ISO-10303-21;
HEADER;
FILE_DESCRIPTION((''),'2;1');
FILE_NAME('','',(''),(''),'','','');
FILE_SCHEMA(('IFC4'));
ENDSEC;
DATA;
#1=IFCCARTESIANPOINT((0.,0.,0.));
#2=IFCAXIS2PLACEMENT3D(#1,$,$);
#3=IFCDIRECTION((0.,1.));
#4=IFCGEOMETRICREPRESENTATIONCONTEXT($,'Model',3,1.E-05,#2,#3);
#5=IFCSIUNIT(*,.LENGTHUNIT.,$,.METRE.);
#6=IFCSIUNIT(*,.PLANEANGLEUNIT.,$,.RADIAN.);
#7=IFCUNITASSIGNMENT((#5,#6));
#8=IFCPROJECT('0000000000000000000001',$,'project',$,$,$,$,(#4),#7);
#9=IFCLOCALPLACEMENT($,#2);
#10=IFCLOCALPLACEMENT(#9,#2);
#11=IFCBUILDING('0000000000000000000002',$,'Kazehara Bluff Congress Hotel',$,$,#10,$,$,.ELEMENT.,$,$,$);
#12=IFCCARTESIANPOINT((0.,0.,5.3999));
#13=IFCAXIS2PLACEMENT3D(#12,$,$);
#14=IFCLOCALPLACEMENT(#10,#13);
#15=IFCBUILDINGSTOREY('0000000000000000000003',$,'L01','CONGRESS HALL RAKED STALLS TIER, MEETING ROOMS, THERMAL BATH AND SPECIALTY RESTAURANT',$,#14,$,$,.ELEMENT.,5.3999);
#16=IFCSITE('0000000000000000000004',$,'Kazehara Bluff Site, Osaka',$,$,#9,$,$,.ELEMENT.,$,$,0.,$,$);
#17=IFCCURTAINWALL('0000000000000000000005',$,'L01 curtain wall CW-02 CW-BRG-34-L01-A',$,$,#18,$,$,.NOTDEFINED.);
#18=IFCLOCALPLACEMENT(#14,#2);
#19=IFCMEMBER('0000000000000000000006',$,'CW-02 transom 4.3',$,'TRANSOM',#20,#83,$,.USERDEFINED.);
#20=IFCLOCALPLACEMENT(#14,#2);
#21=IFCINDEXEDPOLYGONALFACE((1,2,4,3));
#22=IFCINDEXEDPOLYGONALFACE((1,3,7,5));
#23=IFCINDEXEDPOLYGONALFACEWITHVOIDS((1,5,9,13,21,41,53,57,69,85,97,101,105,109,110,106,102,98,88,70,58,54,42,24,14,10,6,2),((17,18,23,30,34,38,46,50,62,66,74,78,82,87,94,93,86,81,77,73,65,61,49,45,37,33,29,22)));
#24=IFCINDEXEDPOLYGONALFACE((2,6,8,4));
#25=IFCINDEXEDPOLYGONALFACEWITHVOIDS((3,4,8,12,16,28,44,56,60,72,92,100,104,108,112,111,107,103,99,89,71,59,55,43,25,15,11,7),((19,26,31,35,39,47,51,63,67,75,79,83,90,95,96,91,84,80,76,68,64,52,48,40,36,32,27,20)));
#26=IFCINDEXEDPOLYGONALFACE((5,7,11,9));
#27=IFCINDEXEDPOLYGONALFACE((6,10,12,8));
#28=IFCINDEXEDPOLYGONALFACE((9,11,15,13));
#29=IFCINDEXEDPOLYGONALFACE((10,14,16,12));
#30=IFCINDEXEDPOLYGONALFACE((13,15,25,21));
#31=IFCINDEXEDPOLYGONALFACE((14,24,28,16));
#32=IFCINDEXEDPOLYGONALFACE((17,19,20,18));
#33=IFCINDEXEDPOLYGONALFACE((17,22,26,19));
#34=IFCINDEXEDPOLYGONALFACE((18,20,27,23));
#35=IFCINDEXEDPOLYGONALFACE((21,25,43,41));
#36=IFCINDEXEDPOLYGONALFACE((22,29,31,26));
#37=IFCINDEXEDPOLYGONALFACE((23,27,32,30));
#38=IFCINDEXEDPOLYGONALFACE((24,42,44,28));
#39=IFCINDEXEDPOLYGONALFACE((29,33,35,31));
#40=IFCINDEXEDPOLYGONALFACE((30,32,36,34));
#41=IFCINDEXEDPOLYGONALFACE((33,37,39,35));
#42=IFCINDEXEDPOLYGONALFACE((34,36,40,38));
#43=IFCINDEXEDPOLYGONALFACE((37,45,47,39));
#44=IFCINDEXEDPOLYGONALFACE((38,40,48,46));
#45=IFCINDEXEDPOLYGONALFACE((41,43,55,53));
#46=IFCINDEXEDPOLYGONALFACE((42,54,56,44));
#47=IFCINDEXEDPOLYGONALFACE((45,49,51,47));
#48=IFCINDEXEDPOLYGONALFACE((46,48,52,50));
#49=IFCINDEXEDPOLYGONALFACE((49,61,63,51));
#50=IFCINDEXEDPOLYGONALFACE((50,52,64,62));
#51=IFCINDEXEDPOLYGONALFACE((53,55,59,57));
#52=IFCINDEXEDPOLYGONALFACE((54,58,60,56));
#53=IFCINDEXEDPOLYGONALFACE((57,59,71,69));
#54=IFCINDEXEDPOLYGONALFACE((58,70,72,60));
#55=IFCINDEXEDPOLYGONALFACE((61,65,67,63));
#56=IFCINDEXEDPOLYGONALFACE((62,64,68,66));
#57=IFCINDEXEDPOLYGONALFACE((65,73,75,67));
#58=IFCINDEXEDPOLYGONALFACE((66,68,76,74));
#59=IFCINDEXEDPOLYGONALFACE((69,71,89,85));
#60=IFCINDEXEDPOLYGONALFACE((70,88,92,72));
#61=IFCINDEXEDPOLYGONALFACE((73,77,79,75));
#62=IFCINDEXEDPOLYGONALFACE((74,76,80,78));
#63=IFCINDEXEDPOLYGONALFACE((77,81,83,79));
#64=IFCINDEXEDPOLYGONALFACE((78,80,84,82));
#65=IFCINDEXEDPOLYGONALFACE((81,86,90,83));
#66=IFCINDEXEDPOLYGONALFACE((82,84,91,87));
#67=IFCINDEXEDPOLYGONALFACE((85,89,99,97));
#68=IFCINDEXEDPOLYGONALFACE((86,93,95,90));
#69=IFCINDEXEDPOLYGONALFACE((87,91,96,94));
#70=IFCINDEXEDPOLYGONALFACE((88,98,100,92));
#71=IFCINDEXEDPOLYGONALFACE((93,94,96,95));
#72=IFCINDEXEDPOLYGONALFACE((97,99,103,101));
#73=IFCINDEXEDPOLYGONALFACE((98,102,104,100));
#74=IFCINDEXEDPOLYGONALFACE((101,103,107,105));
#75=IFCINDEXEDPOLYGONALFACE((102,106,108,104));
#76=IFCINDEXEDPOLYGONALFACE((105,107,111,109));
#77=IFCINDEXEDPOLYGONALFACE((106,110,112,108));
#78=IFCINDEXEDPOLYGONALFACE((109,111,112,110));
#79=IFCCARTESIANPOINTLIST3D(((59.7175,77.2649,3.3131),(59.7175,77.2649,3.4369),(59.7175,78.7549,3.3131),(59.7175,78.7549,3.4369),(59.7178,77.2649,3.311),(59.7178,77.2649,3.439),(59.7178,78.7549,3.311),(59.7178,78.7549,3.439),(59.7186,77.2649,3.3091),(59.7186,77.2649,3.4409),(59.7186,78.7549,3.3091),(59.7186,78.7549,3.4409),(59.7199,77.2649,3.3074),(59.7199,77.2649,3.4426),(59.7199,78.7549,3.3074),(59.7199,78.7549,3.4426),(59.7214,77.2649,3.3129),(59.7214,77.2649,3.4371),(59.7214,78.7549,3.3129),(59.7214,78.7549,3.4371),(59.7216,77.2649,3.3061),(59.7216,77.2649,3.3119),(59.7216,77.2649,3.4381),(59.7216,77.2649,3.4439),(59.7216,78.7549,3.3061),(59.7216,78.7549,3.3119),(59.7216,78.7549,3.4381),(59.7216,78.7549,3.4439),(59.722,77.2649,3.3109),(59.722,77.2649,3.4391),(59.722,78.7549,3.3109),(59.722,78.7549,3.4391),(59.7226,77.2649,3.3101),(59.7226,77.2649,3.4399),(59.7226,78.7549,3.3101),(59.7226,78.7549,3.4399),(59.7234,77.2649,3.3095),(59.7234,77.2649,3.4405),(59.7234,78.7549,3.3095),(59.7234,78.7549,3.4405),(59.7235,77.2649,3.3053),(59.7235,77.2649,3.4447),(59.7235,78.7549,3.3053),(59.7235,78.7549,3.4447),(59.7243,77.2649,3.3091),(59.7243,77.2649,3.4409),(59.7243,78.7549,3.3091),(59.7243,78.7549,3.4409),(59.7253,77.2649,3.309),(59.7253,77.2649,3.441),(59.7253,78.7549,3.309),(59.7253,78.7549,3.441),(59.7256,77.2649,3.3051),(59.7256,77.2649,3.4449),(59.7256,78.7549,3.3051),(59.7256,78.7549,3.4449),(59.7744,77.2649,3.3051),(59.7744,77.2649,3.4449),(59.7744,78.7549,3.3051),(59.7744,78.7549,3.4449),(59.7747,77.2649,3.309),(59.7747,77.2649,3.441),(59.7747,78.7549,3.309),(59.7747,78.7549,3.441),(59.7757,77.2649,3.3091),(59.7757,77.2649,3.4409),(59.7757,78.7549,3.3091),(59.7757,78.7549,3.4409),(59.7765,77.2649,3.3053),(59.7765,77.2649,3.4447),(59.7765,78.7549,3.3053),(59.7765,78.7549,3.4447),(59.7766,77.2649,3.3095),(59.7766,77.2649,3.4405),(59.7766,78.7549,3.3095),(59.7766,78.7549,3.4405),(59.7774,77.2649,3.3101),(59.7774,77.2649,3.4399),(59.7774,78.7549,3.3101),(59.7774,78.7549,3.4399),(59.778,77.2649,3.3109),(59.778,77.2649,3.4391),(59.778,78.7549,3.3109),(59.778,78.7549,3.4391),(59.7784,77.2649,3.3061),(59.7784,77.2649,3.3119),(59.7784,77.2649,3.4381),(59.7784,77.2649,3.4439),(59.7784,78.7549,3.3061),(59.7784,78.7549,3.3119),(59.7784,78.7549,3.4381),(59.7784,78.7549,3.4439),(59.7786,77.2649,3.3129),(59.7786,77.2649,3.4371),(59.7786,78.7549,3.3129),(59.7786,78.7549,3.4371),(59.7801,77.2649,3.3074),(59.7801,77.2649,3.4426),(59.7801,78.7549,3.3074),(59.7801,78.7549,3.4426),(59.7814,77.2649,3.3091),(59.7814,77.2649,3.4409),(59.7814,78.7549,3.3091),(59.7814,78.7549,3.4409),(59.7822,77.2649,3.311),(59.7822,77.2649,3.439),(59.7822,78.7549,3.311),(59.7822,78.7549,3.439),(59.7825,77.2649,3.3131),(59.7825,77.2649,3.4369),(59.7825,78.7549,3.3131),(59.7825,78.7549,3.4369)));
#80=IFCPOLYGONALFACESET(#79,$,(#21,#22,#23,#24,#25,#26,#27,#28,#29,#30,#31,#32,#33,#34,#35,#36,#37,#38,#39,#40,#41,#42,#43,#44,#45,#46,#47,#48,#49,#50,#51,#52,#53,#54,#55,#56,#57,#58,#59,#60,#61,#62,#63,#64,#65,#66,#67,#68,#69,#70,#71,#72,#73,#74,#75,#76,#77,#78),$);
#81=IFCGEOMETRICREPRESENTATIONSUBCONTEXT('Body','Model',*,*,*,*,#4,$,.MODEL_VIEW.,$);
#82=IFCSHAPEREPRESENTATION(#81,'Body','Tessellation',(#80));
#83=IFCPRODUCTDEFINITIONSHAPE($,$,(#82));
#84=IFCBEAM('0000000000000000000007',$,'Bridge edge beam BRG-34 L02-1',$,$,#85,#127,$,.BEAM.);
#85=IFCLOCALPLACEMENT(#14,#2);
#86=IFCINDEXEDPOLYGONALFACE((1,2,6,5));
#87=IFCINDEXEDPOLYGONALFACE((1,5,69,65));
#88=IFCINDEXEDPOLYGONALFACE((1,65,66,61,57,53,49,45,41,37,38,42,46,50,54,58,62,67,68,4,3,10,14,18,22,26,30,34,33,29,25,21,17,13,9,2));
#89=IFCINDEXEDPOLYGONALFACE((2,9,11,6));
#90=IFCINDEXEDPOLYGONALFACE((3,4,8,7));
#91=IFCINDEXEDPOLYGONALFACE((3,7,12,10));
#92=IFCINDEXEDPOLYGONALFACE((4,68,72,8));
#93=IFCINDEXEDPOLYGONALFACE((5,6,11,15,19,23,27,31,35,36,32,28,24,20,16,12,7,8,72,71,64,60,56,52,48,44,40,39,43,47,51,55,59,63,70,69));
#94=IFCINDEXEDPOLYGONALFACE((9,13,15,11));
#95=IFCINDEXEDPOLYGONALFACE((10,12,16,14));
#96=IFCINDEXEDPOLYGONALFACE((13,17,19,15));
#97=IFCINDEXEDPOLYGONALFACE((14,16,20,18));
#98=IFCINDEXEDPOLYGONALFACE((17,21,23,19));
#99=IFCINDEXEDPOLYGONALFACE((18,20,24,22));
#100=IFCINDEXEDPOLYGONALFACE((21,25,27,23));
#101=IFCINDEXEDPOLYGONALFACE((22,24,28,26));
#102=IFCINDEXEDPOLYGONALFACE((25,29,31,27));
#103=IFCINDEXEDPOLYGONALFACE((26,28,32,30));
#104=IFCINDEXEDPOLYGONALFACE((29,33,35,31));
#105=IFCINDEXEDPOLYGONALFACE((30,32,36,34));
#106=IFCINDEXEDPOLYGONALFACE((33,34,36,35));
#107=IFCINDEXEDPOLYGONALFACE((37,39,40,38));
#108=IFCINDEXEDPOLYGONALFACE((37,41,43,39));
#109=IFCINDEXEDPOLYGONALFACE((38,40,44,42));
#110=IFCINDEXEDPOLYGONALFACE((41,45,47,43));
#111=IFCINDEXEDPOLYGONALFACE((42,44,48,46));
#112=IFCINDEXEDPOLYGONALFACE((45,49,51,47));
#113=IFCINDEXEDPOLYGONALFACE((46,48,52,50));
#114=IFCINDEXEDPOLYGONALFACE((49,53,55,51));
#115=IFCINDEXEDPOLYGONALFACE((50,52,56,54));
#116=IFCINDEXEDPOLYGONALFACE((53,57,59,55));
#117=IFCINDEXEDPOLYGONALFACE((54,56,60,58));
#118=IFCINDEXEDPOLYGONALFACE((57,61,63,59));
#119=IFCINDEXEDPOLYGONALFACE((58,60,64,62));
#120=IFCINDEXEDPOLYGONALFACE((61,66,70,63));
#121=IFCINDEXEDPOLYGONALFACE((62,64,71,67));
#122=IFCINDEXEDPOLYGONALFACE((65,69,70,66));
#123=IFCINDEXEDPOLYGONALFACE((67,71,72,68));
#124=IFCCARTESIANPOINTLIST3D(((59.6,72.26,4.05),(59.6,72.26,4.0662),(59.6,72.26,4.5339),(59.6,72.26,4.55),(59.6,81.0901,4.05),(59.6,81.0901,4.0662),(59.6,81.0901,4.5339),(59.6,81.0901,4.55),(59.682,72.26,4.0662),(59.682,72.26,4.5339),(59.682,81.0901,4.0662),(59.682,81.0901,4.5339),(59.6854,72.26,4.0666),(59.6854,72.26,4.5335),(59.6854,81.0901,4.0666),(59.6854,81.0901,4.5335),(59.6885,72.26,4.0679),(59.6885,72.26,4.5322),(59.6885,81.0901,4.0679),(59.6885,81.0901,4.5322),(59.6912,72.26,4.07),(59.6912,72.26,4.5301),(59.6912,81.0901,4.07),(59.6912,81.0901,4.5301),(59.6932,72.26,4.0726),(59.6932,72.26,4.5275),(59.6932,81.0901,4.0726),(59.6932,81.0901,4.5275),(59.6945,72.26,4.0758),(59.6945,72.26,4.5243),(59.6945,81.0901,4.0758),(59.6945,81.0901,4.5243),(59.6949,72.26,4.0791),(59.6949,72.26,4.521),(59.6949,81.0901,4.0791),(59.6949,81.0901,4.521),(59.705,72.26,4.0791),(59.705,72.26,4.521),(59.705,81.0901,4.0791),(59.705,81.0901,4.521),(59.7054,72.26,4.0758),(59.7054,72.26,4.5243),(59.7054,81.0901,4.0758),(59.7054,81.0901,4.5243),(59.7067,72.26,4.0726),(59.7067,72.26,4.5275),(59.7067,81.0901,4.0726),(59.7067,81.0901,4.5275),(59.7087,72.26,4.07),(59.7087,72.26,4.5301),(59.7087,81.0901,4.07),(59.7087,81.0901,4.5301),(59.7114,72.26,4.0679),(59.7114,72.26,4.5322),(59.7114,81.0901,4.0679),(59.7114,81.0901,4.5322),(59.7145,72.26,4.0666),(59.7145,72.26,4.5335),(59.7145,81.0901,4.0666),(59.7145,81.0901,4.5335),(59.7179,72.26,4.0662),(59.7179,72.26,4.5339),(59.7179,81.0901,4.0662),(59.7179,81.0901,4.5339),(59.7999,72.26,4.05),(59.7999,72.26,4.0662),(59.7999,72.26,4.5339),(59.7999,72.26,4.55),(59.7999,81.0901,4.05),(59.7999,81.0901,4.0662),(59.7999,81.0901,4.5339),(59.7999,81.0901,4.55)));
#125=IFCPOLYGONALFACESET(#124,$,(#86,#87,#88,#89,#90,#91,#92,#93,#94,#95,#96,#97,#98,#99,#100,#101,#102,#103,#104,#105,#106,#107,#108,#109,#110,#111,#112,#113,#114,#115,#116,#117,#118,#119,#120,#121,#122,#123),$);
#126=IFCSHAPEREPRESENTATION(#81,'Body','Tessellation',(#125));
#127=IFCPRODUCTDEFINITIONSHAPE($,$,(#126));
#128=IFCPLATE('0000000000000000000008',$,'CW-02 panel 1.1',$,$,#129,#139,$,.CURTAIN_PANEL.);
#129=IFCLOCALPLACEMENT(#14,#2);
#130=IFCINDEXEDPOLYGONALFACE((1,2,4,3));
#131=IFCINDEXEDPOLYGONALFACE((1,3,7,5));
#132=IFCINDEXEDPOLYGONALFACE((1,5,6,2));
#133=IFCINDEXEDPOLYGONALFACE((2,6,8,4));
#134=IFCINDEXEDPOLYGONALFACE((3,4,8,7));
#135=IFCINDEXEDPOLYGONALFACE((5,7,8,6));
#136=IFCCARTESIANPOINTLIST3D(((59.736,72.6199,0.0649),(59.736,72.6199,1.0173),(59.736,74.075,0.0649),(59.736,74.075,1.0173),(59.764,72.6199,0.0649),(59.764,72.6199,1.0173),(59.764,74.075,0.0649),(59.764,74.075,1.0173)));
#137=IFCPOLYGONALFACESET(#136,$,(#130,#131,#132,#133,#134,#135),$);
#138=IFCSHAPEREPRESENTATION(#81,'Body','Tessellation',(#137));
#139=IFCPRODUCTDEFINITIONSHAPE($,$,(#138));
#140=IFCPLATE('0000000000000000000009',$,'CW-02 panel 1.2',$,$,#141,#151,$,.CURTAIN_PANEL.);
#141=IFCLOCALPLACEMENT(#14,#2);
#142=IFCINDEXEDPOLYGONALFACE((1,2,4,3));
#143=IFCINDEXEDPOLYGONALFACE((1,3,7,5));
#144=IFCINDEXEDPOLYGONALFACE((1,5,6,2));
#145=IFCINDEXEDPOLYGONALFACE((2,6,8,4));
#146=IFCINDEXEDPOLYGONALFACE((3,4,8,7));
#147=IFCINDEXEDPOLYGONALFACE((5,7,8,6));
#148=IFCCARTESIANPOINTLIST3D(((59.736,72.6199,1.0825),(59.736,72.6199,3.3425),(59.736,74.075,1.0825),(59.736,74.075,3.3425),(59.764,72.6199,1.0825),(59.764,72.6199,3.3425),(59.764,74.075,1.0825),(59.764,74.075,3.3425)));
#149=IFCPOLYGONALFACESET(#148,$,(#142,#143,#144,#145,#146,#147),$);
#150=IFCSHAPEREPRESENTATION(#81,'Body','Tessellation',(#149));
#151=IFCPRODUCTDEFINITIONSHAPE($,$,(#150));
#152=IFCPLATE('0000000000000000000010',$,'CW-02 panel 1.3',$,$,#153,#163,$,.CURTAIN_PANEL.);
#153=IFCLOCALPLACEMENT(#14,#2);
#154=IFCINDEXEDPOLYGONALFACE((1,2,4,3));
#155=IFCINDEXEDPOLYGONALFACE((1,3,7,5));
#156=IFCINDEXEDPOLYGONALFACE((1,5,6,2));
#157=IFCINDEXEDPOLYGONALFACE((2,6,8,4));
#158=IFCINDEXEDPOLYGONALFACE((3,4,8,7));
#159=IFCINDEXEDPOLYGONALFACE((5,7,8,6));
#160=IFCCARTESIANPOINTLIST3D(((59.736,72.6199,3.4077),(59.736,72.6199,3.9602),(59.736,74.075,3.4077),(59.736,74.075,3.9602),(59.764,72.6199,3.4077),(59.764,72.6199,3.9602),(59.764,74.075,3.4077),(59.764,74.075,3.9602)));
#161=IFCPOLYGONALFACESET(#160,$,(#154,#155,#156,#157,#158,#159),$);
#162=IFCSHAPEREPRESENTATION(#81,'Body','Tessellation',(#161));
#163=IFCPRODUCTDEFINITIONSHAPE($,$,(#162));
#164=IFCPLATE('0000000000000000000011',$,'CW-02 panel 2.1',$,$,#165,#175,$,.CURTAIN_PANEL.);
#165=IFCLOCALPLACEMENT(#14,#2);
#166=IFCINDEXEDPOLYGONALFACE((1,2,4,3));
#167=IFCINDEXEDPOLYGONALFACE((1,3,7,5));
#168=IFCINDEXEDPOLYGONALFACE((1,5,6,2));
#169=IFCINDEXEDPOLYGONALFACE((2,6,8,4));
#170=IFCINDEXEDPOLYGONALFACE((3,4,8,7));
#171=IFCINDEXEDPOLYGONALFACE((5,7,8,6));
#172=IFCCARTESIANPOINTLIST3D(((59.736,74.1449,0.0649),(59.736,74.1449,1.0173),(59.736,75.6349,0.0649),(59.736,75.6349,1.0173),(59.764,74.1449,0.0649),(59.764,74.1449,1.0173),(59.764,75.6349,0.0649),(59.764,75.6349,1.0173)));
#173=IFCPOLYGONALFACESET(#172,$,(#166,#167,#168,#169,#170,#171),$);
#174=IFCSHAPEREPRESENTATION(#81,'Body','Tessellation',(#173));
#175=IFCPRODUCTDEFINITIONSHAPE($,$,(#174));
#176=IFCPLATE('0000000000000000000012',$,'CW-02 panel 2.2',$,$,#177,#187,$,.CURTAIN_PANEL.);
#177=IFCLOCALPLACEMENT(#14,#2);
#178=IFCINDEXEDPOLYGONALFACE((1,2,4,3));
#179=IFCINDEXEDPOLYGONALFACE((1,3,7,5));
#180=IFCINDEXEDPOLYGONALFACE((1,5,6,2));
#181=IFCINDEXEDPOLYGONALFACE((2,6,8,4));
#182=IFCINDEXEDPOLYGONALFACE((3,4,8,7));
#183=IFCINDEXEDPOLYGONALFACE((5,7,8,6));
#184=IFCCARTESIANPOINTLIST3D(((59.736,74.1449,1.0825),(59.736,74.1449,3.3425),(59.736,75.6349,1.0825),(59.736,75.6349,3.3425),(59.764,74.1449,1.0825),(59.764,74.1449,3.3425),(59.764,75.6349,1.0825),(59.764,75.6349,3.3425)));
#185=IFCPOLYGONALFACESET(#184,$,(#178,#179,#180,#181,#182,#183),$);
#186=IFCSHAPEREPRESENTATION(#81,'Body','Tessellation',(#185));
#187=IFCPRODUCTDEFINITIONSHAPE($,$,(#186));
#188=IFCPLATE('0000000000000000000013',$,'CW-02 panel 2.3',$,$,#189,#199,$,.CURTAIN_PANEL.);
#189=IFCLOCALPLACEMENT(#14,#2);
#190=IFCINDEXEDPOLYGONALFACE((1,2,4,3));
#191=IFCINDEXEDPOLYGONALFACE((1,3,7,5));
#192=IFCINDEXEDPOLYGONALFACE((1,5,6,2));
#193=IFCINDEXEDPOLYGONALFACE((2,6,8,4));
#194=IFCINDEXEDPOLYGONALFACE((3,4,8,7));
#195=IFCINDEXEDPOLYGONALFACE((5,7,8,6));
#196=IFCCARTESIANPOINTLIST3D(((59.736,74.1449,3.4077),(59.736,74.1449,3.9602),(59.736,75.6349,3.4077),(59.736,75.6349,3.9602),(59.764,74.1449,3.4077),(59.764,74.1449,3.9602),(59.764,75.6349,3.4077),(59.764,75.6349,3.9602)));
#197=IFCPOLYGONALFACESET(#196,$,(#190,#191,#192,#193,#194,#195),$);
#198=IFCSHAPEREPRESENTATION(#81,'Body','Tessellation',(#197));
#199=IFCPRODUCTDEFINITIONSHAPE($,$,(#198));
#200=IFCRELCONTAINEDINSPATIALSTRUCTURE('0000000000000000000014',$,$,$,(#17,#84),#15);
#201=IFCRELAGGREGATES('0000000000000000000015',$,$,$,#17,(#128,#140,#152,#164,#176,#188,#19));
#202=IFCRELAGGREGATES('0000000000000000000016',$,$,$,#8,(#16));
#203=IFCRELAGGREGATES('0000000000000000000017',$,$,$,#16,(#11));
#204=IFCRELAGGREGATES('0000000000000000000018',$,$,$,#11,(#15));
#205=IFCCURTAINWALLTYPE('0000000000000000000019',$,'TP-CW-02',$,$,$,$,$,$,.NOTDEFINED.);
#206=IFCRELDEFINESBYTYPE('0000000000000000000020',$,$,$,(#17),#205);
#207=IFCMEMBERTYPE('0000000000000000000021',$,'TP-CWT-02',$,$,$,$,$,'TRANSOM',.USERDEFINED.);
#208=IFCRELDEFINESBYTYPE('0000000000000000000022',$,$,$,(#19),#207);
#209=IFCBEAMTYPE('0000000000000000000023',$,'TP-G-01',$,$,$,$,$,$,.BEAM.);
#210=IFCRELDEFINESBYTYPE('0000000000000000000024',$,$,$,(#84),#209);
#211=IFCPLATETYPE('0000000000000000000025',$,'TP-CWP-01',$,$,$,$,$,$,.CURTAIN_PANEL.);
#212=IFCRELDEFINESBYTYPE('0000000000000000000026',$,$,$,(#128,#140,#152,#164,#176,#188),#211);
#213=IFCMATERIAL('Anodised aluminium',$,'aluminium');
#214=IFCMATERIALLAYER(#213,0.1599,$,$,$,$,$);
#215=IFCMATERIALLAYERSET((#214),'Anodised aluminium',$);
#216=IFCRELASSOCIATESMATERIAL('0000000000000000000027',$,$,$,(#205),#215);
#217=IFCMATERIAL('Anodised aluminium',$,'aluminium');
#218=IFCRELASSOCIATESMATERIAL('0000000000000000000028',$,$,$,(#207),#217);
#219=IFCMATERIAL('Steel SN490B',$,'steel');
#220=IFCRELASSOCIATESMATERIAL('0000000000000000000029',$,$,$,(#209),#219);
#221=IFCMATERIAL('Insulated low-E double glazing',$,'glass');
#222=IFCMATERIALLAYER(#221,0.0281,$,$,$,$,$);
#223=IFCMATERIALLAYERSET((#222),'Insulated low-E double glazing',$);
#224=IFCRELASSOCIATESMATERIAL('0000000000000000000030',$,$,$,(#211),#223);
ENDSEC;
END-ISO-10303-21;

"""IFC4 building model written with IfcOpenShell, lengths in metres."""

from ifc_helpers import new_model, si_unit, direction, frame, origin, origin_2d, place, context, subcontext, project, spatial, rectangle, hollow_rectangle, i_section, extrude, material, layer, layer_set, material_profile, profile_set, type_object, element, aggregate, save


model = new_model("IFC4")

# Units and contexts
model_context = context("Model", 3, precision=1e-05, world=origin(), true_north=direction((0.0, 1.0)))
body_context = subcontext(model_context, "Body", "Model", "MODEL_VIEW")
ifc_project = project(units=[si_unit("LENGTHUNIT", "METRE"), si_unit("PLANEANGLEUNIT", "RADIAN")], contexts=[model_context])

# Site, building, storey
site_placement = place(None, origin())
site = spatial("IfcSite", under=ifc_project, at=site_placement, Name="Kazehara Bluff Site, Osaka", CompositionType="ELEMENT", RefElevation=0.0)
building_placement = place(site_placement, origin())
building = spatial("IfcBuilding", under=site, at=building_placement, Name="Kazehara Bluff Congress Hotel", CompositionType="ELEMENT")
storey_placement = place(building_placement, frame((0.0, 0.0, 5.3999)))
storey = spatial("IfcBuildingStorey", under=building, at=storey_placement, Name="L01", Description="CONGRESS HALL RAKED STALLS TIER, MEETING ROOMS, THERMAL BATH AND SPECIALTY RESTAURANT", CompositionType="ELEMENT", Elevation=5.3999)

# Curtain wall, member
ifc_material_1 = material(Name="Anodised aluminium", Category="aluminium")
ifc_layer_1 = layer(ifc_material_1, 0.1599)
ifc_layer_set_1 = layer_set([ifc_layer_1], Name="Anodised aluminium")
curtain_wall_type = type_object("IfcCurtainWallType", Name="TP-CW-02", PredefinedType="NOTDEFINED", material=ifc_layer_set_1)
curtain_wall_placement = place(storey_placement, origin())
curtain_wall = element("IfcCurtainWall", 1, at=curtain_wall_placement, inside=storey, type_object=curtain_wall_type, Name="L01 curtain wall CW-02 CW-BRG-34-L01-A", PredefinedType="NOTDEFINED")
ifc_material_2 = material(Name="Anodised aluminium", Category="aluminium")
ifc_material_profile_1 = material_profile(ifc_material_2, hollow_rectangle(XDim=0.0649, YDim=0.1399, WallThickness=0.0039, InnerFilletRadius=0.0039, OuterFilletRadius=0.0081, at=origin_2d()))
ifc_profile_set_1 = profile_set([ifc_material_profile_1], Name="Anodised aluminium")
member_type_1 = type_object("IfcMemberType", Name="TP-CWT-02", ElementType="TRANSOM", PredefinedType="USERDEFINED", material=ifc_profile_set_1)
member_1_placement = place(storey_placement, frame((59.75, 77.2649, 3.375), z_axis=(0.0, 1.0, 0.0), x_axis=(-1.0, 0.0, 0.0)))
member_1 = element("IfcMember", 2, at=member_1_placement, type_object=member_type_1, Name="CW-02 transom 4.3", ObjectType="TRANSOM", PredefinedType="USERDEFINED", context=body_context, shape_type="SweptSolid", body=[
    extrude(hollow_rectangle(XDim=0.0649, YDim=0.1399, WallThickness=0.0039, InnerFilletRadius=0.0039, OuterFilletRadius=0.0081, at=origin_2d()), origin(), (0.0, 0.0, 1.0), 1.49),
])

# Beam
ifc_material_3 = material(Name="Steel SN490B", Category="steel")
ifc_material_profile_2 = material_profile(ifc_material_3, i_section(OverallWidth=0.2, OverallDepth=0.5, WebThickness=0.01, FlangeThickness=0.0161, FilletRadius=0.0129, at=origin_2d()))
ifc_profile_set_2 = profile_set([ifc_material_profile_2], Name="Steel SN490B")
beam_type = type_object("IfcBeamType", Name="TP-G-01", PredefinedType="BEAM", material=ifc_profile_set_2)
beam_placement = place(storey_placement, frame((59.7, 72.26, 4.3), z_axis=(0.0, 1.0, 0.0), x_axis=(-1.0, 0.0, 0.0)))
element("IfcBeam", 3, at=beam_placement, inside=storey, type_object=beam_type, Name="Bridge edge beam BRG-34 L02-1", PredefinedType="BEAM", context=body_context, shape_type="SweptSolid", body=[
    extrude(i_section(OverallWidth=0.2, OverallDepth=0.5, WebThickness=0.01, FlangeThickness=0.0161, FilletRadius=0.0129, at=origin_2d()), origin(), (0.0, 0.0, 1.0), 8.8301),
])

# Plates
ifc_material_4 = material(Name="Insulated low-E double glazing", Category="glass")
ifc_layer_2 = layer(ifc_material_4, 0.0281)
ifc_layer_set_2 = layer_set([ifc_layer_2], Name="Insulated low-E double glazing")
plate_type = type_object("IfcPlateType", Name="TP-CWP-01", PredefinedType="CURTAIN_PANEL", material=ifc_layer_set_2)
plate_1_placement = place(storey_placement, frame((59.75, 73.3474, 0.0649), z_axis=(0.0, 0.0, 1.0), x_axis=(0.0, 1.0, 0.0)))
plate_1 = element("IfcPlate", 4, at=plate_1_placement, type_object=plate_type, Name="CW-02 panel 1.1", PredefinedType="CURTAIN_PANEL", context=body_context, shape_type="SweptSolid", body=[
    extrude(rectangle(XDim=1.4551, YDim=0.0281, at=origin_2d()), origin(), (0.0, 0.0, 1.0), 0.9524),
])
plate_2_placement = place(storey_placement, frame((59.75, 73.3474, 1.0825), z_axis=(0.0, 0.0, 1.0), x_axis=(0.0, 1.0, 0.0)))
plate_2 = element("IfcPlate", 5, at=plate_2_placement, type_object=plate_type, Name="CW-02 panel 1.2", PredefinedType="CURTAIN_PANEL", context=body_context, shape_type="SweptSolid", body=[
    extrude(rectangle(XDim=1.4551, YDim=0.0281, at=origin_2d()), origin(), (0.0, 0.0, 1.0), 2.26),
])
plate_3_placement = place(storey_placement, frame((59.75, 73.3474, 3.4077), z_axis=(0.0, 0.0, 1.0), x_axis=(0.0, 1.0, 0.0)))
plate_3 = element("IfcPlate", 6, at=plate_3_placement, type_object=plate_type, Name="CW-02 panel 1.3", PredefinedType="CURTAIN_PANEL", context=body_context, shape_type="SweptSolid", body=[
    extrude(rectangle(XDim=1.4551, YDim=0.0281, at=origin_2d()), origin(), (0.0, 0.0, 1.0), 0.5525),
])
plate_4_placement = place(storey_placement, frame((59.75, 74.8899, 0.0649), z_axis=(0.0, 0.0, 1.0), x_axis=(0.0, 1.0, 0.0)))
plate_4 = element("IfcPlate", 7, at=plate_4_placement, type_object=plate_type, Name="CW-02 panel 2.1", PredefinedType="CURTAIN_PANEL", context=body_context, shape_type="SweptSolid", body=[
    extrude(rectangle(XDim=1.49, YDim=0.0281, at=origin_2d()), origin(), (0.0, 0.0, 1.0), 0.9524),
])
plate_5_placement = place(storey_placement, frame((59.75, 74.8899, 1.0825), z_axis=(0.0, 0.0, 1.0), x_axis=(0.0, 1.0, 0.0)))
plate_5 = element("IfcPlate", 8, at=plate_5_placement, type_object=plate_type, Name="CW-02 panel 2.2", PredefinedType="CURTAIN_PANEL", context=body_context, shape_type="SweptSolid", body=[
    extrude(rectangle(XDim=1.49, YDim=0.0281, at=origin_2d()), origin(), (0.0, 0.0, 1.0), 2.26),
])
plate_6_placement = place(storey_placement, frame((59.75, 74.8899, 3.4077), z_axis=(0.0, 0.0, 1.0), x_axis=(0.0, 1.0, 0.0)))
plate_6 = element("IfcPlate", 9, at=plate_6_placement, type_object=plate_type, Name="CW-02 panel 2.3", PredefinedType="CURTAIN_PANEL", context=body_context, shape_type="SweptSolid", body=[
    extrude(rectangle(XDim=1.49, YDim=0.0281, at=origin_2d()), origin(), (0.0, 0.0, 1.0), 0.5525),
])
aggregate(curtain_wall, [plate_1, plate_2, plate_3, plate_4, plate_5, plate_6, member_1])

save(model, "model.ifc")
